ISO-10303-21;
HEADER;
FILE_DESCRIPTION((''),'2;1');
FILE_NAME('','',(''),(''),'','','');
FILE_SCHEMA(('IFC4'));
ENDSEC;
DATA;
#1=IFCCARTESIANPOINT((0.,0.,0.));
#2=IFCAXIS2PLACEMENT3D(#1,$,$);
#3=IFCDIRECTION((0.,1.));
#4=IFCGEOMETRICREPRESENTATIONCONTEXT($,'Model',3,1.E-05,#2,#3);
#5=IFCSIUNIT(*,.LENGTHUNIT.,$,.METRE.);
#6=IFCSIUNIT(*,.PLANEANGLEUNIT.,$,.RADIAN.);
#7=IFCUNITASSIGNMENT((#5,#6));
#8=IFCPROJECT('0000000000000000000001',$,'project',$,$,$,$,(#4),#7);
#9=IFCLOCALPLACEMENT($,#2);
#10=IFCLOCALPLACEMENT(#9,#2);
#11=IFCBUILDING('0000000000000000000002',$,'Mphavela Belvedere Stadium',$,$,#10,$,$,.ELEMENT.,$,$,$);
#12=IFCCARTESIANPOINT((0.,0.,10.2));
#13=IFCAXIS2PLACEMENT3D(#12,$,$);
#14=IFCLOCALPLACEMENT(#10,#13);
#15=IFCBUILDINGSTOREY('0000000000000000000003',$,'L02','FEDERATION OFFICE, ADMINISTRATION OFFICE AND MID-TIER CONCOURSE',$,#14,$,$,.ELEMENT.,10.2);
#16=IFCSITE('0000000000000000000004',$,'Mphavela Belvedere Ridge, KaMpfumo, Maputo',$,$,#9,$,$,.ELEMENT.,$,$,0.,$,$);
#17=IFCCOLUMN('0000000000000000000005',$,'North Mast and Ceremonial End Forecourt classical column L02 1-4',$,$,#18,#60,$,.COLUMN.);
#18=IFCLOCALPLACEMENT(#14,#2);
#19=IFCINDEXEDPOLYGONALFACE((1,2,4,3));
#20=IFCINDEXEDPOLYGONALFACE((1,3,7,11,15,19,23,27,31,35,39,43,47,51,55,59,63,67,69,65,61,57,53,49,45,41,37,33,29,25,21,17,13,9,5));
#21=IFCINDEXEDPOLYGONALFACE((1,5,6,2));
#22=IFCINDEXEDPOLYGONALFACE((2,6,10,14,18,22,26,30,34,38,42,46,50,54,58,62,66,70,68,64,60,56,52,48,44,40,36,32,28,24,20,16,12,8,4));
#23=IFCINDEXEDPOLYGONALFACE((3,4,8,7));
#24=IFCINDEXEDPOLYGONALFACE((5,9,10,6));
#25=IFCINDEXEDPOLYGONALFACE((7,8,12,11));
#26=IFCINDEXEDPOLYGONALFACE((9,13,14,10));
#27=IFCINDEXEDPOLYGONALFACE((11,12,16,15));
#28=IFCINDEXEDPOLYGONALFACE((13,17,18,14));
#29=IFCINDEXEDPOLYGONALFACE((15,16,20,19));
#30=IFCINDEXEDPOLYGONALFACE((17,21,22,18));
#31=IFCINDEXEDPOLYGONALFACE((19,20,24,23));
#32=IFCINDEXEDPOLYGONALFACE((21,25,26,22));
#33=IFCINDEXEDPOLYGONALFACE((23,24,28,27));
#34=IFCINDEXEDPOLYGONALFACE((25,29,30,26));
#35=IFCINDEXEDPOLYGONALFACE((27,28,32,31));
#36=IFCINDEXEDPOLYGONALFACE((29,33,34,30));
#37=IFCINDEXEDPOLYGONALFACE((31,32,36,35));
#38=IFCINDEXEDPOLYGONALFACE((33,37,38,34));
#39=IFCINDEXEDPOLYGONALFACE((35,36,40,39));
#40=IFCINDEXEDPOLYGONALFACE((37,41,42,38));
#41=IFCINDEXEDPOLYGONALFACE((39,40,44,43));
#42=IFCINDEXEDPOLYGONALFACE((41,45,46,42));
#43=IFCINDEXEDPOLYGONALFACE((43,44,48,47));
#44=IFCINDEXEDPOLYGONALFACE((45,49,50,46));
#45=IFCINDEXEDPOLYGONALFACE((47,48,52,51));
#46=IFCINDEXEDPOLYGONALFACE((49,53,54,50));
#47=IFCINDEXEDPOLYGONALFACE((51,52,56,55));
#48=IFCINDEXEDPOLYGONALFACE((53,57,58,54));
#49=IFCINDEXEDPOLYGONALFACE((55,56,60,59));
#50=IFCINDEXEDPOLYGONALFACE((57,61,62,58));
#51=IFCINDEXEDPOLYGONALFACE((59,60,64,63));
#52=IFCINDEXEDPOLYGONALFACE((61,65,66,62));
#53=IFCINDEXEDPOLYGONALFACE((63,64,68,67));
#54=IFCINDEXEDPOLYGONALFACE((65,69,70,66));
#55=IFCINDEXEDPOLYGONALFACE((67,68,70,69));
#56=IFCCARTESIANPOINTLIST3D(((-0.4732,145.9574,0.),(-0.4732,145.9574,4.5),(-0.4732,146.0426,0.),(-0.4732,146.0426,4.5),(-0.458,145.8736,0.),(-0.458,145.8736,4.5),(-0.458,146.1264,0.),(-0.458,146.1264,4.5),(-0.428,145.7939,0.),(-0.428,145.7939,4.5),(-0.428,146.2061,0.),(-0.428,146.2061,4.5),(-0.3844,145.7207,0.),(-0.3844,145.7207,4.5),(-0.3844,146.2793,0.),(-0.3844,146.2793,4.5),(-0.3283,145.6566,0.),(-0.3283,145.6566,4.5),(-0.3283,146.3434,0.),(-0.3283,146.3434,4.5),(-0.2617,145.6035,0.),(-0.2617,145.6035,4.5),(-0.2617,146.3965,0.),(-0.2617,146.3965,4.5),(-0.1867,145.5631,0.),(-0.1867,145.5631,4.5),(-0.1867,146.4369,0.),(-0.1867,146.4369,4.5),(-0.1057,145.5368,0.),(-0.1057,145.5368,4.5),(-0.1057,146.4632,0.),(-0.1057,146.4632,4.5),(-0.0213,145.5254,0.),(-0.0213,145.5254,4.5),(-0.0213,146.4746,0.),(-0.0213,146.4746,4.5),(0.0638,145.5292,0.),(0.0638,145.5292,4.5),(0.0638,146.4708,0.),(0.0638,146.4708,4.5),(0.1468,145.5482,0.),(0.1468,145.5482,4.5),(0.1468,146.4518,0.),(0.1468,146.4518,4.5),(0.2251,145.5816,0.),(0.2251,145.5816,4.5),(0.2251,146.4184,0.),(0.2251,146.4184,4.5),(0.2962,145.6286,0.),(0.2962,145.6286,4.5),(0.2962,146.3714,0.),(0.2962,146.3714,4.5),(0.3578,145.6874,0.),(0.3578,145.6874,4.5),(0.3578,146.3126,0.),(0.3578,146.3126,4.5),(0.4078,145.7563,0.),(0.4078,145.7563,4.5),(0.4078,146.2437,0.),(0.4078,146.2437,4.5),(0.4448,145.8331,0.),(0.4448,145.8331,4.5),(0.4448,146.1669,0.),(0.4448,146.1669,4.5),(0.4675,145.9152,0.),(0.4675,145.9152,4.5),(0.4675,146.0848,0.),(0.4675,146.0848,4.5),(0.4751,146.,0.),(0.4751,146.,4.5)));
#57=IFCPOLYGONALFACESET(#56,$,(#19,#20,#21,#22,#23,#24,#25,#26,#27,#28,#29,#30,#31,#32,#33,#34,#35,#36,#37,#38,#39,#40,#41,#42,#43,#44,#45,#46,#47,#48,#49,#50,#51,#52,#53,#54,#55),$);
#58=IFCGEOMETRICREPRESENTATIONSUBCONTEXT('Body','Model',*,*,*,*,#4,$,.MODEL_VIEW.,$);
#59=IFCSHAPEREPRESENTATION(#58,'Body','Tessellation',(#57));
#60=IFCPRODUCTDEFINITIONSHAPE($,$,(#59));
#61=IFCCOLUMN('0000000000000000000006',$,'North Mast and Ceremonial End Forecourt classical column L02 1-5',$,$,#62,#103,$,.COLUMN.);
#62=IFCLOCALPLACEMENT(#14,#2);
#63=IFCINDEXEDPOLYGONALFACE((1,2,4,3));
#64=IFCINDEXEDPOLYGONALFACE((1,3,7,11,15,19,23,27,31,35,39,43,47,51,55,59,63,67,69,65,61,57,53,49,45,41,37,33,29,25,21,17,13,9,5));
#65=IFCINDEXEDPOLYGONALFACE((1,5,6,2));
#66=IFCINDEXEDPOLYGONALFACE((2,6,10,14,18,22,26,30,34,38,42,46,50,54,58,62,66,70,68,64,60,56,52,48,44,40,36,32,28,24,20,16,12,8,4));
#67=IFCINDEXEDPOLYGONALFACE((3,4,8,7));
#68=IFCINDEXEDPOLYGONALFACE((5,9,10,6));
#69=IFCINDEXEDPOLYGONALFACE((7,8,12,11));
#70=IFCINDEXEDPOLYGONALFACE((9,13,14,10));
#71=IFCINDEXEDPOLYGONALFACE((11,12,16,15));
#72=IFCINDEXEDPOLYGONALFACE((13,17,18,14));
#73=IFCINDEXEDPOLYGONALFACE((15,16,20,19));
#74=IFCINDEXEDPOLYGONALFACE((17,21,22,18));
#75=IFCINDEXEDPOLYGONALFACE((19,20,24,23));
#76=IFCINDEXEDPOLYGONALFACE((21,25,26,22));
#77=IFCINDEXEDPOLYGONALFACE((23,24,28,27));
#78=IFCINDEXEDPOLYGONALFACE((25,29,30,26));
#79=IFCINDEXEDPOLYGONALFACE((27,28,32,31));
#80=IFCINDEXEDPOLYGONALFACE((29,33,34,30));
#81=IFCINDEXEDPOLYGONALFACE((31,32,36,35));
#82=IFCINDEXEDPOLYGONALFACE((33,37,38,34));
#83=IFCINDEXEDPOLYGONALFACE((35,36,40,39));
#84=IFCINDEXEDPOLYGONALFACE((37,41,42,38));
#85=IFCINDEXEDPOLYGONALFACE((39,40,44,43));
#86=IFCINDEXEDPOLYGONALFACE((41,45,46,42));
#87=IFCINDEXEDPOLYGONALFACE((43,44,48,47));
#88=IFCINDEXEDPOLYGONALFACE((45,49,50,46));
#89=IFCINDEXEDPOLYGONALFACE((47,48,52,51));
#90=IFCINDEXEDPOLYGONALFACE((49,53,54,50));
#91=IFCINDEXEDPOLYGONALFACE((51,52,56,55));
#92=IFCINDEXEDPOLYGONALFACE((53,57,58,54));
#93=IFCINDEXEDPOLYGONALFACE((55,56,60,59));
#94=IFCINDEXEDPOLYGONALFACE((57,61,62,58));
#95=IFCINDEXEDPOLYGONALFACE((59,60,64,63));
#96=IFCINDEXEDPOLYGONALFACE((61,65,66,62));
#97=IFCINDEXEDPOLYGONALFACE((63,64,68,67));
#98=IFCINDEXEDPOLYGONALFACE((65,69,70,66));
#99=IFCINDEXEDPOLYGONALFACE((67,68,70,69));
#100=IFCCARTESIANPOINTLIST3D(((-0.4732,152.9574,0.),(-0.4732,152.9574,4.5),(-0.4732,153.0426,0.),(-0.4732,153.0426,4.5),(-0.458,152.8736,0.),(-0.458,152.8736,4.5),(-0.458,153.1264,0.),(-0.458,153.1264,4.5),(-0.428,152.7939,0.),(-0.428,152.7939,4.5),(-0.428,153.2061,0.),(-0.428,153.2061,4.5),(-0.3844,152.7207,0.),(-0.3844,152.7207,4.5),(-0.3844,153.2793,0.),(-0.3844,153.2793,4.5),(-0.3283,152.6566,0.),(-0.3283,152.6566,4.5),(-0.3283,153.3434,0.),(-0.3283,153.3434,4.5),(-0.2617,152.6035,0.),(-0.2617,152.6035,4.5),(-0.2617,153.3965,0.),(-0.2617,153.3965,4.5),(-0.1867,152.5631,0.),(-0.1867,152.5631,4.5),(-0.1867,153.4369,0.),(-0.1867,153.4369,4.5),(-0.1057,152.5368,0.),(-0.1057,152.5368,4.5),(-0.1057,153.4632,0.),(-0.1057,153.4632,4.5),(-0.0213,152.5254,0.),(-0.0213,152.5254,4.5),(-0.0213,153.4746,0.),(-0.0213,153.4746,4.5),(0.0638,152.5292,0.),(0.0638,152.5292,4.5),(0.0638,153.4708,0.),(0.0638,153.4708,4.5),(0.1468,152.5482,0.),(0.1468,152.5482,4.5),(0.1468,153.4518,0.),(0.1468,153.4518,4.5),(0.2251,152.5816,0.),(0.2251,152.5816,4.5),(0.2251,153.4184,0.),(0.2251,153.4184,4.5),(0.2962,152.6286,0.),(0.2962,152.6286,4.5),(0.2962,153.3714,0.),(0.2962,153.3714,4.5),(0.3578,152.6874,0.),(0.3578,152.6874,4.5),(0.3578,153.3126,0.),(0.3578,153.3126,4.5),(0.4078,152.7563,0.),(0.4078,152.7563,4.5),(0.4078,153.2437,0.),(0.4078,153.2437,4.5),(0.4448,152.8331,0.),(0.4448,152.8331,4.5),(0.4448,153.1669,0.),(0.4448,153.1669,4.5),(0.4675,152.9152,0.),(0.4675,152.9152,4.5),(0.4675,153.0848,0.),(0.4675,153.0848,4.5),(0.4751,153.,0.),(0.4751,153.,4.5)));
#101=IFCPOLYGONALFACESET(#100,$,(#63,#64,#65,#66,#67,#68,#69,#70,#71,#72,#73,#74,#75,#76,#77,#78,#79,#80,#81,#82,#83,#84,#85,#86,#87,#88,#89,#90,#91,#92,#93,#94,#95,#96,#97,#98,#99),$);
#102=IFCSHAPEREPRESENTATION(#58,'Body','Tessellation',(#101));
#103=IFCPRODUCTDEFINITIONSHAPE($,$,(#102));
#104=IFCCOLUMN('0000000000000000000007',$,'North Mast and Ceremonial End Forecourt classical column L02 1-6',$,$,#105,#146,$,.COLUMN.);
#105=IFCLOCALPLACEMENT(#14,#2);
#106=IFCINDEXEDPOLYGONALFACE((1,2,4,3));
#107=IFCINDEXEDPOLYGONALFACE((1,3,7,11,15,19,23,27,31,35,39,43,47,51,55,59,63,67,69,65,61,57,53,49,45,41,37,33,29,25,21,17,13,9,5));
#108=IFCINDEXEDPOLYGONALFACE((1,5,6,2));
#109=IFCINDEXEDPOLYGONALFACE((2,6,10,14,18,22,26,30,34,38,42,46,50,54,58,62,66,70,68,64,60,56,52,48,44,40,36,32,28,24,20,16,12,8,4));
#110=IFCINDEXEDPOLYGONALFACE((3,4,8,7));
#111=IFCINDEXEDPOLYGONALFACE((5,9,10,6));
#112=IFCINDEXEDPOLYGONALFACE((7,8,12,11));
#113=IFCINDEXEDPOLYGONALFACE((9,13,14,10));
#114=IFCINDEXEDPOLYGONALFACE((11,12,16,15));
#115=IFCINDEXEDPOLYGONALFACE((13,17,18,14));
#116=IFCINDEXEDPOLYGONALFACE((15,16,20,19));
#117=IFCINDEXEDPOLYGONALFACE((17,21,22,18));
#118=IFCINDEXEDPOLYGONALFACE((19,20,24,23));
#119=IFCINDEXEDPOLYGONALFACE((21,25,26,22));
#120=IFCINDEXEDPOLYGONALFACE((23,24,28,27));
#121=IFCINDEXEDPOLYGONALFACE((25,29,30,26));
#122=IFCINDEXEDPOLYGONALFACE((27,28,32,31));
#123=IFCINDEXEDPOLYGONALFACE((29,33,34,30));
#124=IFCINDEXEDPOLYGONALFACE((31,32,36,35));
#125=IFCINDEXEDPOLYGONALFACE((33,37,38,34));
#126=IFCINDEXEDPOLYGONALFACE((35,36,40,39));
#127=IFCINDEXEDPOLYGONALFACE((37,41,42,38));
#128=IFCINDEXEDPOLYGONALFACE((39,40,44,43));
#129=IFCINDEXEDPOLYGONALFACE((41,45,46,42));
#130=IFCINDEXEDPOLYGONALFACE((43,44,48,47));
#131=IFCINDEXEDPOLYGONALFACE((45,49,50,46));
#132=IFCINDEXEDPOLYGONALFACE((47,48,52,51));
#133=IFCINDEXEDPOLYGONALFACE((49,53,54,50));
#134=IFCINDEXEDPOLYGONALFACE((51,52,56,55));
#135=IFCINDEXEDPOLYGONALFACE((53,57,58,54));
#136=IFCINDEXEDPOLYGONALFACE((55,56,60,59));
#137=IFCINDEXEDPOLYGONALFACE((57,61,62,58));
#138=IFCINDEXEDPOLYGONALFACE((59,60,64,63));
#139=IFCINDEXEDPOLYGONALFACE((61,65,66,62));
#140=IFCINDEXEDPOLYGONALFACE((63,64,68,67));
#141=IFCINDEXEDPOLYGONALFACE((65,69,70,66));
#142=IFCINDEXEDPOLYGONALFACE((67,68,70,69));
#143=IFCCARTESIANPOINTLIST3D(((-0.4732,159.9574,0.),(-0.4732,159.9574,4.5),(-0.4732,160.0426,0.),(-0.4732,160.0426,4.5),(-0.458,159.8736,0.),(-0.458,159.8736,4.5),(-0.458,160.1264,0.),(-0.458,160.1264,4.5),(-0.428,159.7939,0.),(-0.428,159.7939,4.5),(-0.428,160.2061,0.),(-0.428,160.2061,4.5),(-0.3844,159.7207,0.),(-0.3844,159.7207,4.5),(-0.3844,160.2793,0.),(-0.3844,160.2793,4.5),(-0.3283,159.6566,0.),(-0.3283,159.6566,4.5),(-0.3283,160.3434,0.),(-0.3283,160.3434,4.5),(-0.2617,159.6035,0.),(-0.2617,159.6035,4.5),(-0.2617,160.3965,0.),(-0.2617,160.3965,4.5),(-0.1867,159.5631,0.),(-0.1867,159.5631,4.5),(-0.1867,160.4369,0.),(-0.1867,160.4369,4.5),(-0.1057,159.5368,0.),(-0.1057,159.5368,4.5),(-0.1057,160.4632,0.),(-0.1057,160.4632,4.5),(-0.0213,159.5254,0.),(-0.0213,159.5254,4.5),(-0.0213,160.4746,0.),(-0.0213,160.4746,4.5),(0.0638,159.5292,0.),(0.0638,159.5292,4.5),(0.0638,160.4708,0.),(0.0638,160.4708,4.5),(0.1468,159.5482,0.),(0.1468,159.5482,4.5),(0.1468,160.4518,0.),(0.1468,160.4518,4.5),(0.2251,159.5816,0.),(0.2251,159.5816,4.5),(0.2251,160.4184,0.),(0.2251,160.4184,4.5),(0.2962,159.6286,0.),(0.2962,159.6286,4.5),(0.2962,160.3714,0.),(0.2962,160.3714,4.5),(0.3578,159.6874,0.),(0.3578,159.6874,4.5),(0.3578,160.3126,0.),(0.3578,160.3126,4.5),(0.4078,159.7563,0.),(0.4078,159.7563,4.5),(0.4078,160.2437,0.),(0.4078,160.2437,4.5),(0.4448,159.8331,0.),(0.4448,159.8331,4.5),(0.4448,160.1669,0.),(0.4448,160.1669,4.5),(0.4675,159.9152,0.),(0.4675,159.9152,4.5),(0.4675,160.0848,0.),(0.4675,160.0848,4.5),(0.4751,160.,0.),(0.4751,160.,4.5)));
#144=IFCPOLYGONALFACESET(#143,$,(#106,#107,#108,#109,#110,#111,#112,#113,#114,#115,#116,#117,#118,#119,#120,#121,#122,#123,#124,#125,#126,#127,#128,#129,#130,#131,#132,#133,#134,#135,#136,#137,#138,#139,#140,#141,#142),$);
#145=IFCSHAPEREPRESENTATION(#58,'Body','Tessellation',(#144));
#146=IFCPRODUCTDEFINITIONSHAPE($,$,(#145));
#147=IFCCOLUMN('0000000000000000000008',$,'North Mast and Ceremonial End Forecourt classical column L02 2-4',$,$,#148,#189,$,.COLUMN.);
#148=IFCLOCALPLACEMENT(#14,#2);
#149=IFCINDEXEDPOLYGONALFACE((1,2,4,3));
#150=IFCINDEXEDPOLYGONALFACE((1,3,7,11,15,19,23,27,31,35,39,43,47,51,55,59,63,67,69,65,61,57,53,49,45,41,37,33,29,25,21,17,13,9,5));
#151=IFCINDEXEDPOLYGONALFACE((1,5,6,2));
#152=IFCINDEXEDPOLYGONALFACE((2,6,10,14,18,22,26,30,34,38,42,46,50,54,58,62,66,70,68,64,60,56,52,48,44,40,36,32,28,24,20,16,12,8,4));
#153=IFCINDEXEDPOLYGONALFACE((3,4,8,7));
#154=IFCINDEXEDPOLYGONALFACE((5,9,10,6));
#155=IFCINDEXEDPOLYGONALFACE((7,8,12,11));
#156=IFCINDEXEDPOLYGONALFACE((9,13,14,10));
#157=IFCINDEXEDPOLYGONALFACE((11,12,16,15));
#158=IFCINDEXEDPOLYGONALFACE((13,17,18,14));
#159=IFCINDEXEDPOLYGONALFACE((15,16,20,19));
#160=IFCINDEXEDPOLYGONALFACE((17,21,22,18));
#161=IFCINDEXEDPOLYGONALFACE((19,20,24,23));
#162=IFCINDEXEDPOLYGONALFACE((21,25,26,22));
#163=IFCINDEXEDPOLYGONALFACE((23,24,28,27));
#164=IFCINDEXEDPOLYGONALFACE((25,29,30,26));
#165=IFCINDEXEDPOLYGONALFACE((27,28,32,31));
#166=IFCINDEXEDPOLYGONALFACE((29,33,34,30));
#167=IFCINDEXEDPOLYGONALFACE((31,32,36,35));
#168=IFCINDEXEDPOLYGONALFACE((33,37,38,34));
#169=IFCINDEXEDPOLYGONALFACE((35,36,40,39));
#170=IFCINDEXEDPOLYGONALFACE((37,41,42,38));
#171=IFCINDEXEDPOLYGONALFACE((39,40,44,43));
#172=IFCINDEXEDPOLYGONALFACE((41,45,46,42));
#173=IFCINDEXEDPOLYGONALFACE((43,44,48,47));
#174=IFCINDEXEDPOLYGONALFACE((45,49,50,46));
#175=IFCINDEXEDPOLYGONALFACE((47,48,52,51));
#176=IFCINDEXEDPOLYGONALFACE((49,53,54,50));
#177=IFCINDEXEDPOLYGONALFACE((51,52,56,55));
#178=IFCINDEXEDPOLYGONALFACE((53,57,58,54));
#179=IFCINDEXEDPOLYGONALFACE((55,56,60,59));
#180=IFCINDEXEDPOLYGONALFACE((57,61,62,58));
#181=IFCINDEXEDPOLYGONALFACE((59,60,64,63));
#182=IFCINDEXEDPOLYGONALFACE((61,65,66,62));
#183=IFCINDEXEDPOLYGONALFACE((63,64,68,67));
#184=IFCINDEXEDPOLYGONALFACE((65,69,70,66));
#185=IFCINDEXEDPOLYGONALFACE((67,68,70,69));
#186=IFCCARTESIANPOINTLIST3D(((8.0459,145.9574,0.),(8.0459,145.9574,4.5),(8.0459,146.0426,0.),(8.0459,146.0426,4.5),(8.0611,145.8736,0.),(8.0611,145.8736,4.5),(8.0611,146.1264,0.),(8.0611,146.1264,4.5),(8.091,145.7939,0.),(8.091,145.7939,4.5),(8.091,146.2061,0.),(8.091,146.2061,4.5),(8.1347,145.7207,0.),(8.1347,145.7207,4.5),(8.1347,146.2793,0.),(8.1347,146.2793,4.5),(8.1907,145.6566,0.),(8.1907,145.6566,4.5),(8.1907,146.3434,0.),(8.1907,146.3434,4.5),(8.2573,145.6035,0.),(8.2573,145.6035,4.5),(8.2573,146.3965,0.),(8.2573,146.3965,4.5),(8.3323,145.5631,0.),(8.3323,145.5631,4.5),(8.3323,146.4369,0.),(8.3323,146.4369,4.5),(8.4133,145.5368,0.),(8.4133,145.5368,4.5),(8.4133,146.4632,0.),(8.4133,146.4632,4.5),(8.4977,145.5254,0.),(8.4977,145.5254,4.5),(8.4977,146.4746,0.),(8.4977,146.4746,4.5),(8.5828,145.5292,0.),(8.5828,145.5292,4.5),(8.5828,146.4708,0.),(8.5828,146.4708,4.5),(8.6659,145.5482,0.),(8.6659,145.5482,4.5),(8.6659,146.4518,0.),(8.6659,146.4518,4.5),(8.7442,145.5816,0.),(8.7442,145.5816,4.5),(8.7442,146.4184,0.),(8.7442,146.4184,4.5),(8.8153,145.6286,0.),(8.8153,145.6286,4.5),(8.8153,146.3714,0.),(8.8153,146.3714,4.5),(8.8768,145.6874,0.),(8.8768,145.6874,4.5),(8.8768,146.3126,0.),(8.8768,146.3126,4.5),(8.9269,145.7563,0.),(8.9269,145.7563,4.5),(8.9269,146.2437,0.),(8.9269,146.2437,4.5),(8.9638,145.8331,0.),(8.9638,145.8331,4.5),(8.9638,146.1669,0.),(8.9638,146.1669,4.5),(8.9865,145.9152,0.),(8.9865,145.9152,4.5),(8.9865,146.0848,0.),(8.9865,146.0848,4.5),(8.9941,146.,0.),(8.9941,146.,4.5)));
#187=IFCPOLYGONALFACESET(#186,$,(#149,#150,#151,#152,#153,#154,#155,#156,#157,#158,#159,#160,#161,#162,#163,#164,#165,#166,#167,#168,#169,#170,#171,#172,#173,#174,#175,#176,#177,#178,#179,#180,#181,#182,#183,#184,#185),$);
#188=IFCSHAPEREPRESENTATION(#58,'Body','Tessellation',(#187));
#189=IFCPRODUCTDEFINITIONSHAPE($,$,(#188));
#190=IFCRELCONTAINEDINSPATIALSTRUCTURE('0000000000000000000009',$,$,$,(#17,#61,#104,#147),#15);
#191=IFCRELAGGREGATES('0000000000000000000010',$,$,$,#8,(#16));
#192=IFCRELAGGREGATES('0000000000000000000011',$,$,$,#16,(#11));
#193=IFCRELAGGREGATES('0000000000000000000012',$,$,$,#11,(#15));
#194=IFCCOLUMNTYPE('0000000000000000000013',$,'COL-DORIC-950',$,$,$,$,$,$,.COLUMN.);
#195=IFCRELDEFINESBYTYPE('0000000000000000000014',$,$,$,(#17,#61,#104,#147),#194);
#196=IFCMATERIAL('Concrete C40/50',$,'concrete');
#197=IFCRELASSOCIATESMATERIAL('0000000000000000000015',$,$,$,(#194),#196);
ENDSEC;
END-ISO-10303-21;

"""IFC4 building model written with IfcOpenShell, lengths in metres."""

from ifc_helpers import new_model, si_unit, direction, frame, origin, origin_2d, place, context, subcontext, project, spatial, circle, extrude, material, material_profile, profile_set, type_object, element, save


model = new_model("IFC4")

# Units and contexts
model_context = context("Model", 3, precision=1e-05, world=origin(), true_north=direction((0.0, 1.0)))
body_context = subcontext(model_context, "Body", "Model", "MODEL_VIEW")
ifc_project = project(units=[si_unit("LENGTHUNIT", "METRE"), si_unit("PLANEANGLEUNIT", "RADIAN")], contexts=[model_context])

# Site, building, storey
site_placement = place(None, origin())
site = spatial("IfcSite", under=ifc_project, at=site_placement, Name="Mphavela Belvedere Ridge, KaMpfumo, Maputo", CompositionType="ELEMENT", RefElevation=0.0)
building_placement = place(site_placement, origin())
building = spatial("IfcBuilding", under=site, at=building_placement, Name="Mphavela Belvedere Stadium", CompositionType="ELEMENT")
storey_placement = place(building_placement, frame((0.0, 0.0, 10.2)))
storey = spatial("IfcBuildingStorey", under=building, at=storey_placement, Name="L02", Description="FEDERATION OFFICE, ADMINISTRATION OFFICE AND MID-TIER CONCOURSE", CompositionType="ELEMENT", Elevation=10.2)

# Columns
ifc_material_1 = material(Name="Concrete C40/50", Category="concrete")
ifc_material_profile_1 = material_profile(ifc_material_1, circle(Radius=0.4751, at=origin_2d()), Name="COL D950")
ifc_profile_set_1 = profile_set([ifc_material_profile_1], Name="Concrete C40/50")
column_type = type_object("IfcColumnType", Name="COL-DORIC-950", PredefinedType="COLUMN", material=ifc_profile_set_1)
for number, where, z_axis, x_axis, name in (
    (1, (0.0, 146.0, 0.0), (0.0, 0.0, 1.0), (1.0, 0.0, 0.0), "North Mast and Ceremonial End Forecourt classical column L02 1-4"),
    (2, (0.0, 153.0, 0.0), (0.0, 0.0, 1.0), (1.0, 0.0, 0.0), "North Mast and Ceremonial End Forecourt classical column L02 1-5"),
    (3, (0.0, 160.0, 0.0), (0.0, 0.0, 1.0), (1.0, 0.0, 0.0), "North Mast and Ceremonial End Forecourt classical column L02 1-6"),
    (4, (8.519, 146.0, 0.0), (0.0, 0.0, 1.0), (1.0, 0.0, 0.0), "North Mast and Ceremonial End Forecourt classical column L02 2-4"),
):
    element("IfcColumn", number, at=place(storey_placement, frame(where, z_axis=z_axis, x_axis=x_axis)), inside=storey, type_object=column_type, Name=name, PredefinedType="COLUMN", context=body_context, shape_type="SweptSolid", body=[
        extrude(circle(Radius=0.4751, at=origin_2d()), origin(), (0.0, 0.0, 1.0), 4.5),
    ])

save(model, "model.ifc")
